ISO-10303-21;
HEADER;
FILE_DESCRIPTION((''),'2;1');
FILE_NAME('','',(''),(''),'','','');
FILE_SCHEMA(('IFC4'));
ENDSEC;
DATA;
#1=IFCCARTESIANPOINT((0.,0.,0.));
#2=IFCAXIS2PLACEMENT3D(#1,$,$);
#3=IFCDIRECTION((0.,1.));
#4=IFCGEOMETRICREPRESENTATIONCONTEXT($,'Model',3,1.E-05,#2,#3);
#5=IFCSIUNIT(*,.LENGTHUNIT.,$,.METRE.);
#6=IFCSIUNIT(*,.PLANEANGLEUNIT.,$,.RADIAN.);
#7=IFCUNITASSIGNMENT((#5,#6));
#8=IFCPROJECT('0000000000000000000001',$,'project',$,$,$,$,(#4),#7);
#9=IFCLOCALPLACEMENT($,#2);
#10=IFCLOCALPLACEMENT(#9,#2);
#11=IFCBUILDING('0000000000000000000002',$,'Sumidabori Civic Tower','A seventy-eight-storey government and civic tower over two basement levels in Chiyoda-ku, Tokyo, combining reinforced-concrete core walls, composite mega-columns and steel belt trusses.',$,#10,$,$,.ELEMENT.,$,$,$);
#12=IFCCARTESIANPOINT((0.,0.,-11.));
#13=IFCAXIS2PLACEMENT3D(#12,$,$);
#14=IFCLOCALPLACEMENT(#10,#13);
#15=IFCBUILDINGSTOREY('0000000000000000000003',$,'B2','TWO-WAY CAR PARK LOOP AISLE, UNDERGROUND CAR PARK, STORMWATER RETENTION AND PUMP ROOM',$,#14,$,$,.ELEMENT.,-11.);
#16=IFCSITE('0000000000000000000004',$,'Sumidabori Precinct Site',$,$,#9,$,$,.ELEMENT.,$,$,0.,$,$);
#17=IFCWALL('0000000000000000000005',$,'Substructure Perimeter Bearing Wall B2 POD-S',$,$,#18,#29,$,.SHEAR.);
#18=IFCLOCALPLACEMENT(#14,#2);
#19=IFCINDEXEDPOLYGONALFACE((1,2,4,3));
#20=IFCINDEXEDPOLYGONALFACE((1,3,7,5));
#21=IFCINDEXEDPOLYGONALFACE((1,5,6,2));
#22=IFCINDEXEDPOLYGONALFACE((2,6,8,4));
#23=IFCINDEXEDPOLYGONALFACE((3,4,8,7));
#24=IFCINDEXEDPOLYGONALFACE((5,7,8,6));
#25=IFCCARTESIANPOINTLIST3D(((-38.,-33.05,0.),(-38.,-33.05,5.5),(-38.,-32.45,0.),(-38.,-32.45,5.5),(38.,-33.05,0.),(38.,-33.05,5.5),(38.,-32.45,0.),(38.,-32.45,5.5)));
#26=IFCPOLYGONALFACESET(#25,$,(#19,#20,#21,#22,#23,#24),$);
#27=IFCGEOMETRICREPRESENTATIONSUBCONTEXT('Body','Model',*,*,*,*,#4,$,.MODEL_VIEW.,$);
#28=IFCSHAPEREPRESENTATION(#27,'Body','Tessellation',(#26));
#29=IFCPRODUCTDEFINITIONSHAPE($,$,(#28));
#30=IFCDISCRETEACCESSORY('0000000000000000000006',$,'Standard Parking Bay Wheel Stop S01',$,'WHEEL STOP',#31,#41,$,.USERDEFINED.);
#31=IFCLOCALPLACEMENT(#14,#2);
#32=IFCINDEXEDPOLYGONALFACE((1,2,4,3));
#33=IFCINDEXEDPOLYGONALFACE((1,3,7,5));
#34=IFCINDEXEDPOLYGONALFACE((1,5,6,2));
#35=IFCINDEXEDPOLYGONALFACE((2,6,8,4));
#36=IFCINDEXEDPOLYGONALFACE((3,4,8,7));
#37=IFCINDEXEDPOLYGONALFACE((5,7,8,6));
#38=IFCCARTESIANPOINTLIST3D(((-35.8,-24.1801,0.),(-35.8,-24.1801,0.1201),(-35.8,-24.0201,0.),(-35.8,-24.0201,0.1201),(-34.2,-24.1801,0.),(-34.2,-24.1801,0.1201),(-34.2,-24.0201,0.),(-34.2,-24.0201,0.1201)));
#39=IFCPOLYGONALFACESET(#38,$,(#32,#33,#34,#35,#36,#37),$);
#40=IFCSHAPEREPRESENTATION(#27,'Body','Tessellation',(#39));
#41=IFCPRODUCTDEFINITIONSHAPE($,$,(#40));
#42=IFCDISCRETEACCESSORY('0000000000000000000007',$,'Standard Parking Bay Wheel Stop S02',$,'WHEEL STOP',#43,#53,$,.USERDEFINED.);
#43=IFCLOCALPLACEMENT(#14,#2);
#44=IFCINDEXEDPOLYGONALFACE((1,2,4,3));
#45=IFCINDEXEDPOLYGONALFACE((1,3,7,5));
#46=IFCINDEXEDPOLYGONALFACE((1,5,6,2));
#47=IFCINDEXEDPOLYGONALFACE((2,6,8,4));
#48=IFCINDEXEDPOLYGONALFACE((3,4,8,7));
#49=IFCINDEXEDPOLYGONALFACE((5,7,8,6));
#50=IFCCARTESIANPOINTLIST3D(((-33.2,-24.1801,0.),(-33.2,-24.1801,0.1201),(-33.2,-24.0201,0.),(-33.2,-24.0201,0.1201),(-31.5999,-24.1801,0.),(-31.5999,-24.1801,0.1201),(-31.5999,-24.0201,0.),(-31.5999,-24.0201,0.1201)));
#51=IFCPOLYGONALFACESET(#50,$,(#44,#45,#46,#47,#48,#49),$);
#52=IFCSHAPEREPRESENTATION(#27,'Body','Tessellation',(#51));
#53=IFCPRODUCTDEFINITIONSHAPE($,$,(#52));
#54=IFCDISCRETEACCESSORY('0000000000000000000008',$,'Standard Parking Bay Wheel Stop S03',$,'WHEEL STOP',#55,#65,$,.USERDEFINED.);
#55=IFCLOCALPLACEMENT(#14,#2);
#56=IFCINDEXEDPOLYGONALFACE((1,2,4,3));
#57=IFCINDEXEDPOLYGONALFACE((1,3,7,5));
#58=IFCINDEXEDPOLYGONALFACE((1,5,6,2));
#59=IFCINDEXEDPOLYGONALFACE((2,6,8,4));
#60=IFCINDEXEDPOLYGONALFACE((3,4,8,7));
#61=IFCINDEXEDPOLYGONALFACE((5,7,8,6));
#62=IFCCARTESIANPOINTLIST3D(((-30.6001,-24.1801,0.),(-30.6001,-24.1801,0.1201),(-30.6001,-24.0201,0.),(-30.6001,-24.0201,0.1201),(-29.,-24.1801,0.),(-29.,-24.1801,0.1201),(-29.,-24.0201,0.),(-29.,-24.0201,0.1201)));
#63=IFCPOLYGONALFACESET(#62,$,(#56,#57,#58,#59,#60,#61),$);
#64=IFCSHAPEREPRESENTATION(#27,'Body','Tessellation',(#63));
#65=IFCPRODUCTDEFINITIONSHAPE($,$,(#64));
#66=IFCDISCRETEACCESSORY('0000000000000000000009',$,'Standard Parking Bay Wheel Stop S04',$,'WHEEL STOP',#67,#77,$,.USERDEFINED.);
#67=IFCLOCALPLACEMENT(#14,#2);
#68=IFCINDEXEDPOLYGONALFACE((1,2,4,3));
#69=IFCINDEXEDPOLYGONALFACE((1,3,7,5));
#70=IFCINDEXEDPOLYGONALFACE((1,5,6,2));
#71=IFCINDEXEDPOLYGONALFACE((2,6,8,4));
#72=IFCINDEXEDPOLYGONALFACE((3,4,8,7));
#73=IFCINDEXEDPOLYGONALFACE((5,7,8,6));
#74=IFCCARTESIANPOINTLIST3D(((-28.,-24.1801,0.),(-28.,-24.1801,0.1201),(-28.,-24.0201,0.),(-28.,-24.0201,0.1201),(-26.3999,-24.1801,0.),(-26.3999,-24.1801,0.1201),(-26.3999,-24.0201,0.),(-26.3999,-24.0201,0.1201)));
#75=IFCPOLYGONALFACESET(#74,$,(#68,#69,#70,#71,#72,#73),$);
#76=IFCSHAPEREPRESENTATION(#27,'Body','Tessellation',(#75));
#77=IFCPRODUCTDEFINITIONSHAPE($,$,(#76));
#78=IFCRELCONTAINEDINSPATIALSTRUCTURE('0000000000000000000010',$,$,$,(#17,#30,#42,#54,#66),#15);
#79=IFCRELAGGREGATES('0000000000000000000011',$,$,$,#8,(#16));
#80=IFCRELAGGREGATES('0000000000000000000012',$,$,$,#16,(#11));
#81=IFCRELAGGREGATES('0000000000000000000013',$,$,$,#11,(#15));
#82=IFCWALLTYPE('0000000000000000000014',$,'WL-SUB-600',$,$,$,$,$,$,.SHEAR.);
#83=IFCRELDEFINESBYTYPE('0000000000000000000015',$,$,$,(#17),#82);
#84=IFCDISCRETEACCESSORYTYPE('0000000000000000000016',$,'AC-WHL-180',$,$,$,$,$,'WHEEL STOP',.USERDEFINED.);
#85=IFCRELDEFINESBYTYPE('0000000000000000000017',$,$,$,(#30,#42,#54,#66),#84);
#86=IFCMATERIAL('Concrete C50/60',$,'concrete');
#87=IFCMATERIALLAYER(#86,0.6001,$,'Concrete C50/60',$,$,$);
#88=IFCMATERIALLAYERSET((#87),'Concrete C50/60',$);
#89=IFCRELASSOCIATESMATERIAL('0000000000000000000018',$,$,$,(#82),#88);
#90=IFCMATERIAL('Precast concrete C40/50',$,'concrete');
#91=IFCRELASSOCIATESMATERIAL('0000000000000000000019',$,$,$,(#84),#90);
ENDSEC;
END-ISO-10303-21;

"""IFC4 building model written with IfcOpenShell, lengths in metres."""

from ifc_helpers import new_model, si_unit, direction, frame, frame_2d, origin, origin_2d, place, context, subcontext, project, spatial, rectangle, extrude, source, transform, mapped, material, layer, layer_set, type_object, element, save


model = new_model("IFC4")

# Units and contexts
model_context = context("Model", 3, precision=1e-05, world=origin(), true_north=direction((0.0, 1.0)))
body_context = subcontext(model_context, "Body", "Model", "MODEL_VIEW")
ifc_project = project(units=[si_unit("LENGTHUNIT", "METRE"), si_unit("PLANEANGLEUNIT", "RADIAN")], contexts=[model_context])

# Site, building, storey
site_placement = place(None, origin())
site = spatial("IfcSite", under=ifc_project, at=site_placement, Name="Sumidabori Precinct Site", CompositionType="ELEMENT", RefElevation=0.0)
building_placement = place(site_placement, origin())
building = spatial("IfcBuilding", under=site, at=building_placement, Name="Sumidabori Civic Tower", Description="A seventy-eight-storey government and civic tower over two basement levels in Chiyoda-ku, Tokyo, combining reinforced-concrete core walls, composite mega-columns and steel belt trusses.", CompositionType="ELEMENT")
storey_placement = place(building_placement, frame((0.0, 0.0, -11.0)))
storey = spatial("IfcBuildingStorey", under=building, at=storey_placement, Name="B2", Description="TWO-WAY CAR PARK LOOP AISLE, UNDERGROUND CAR PARK, STORMWATER RETENTION AND PUMP ROOM", CompositionType="ELEMENT", Elevation=-11.0)

# Shared definitions
ifc_material_1 = material(Name="Concrete C50/60", Category="concrete")

# Wall
ifc_layer_1 = layer(ifc_material_1, 0.6001, Name="Concrete C50/60")
ifc_layer_set_1 = layer_set([ifc_layer_1], Name="Concrete C50/60")
wall_type_1 = type_object("IfcWallType", Name="WL-SUB-600", PredefinedType="SHEAR", material=ifc_layer_set_1)
shared_shape_1 = source(origin(), body_context, "Body", "SweptSolid", [
    extrude(rectangle(XDim=76.0, YDim=0.6001, at=frame_2d((38.0, 0.0))), origin(), (0.0, 0.0, 1.0), 5.5),
])
wall_1_placement = place(storey_placement, frame((-38.0, -32.75, 0.0), z_axis=(0.0, 0.0, 1.0), x_axis=(1.0, 0.0, 0.0)))
element("IfcWall", 1, at=wall_1_placement, inside=storey, type_object=wall_type_1, Name="Substructure Perimeter Bearing Wall B2 POD-S", PredefinedType="SHEAR", context=body_context, shape_type="MappedRepresentation", body=[
    mapped(shared_shape_1, transform((0.0, 0.0, 0.0), x_axis=(1.0, 0.0, 0.0), y_axis=(0.0, 1.0, 0.0), z_axis=(0.0, 0.0, 1.0), scale=1.0)),
])

# Discrete accessories
ifc_material_2 = material(Name="Precast concrete C40/50", Category="concrete")
discrete_accessory_type = type_object("IfcDiscreteAccessoryType", Name="AC-WHL-180", ElementType="WHEEL STOP", PredefinedType="USERDEFINED", material=ifc_material_2)
shared_shape_2 = source(origin(), body_context, "Body", "SweptSolid", [
    extrude(rectangle(XDim=1.6001, YDim=0.1599, at=origin_2d()), origin(), (0.0, 0.0, 1.0), 0.1201),
])
for number, where, z_axis, x_axis, name in (
    (2, (-35.0, -24.1001, 0.0), (0.0, 0.0, 1.0), (1.0, 0.0, 0.0), "Standard Parking Bay Wheel Stop S01"),
    (3, (-32.3999, -24.1001, 0.0), (0.0, 0.0, 1.0), (1.0, 0.0, 0.0), "Standard Parking Bay Wheel Stop S02"),
    (4, (-29.8, -24.1001, 0.0), (0.0, 0.0, 1.0), (1.0, 0.0, 0.0), "Standard Parking Bay Wheel Stop S03"),
    (5, (-27.2, -24.1001, 0.0), (0.0, 0.0, 1.0), (1.0, 0.0, 0.0), "Standard Parking Bay Wheel Stop S04"),
):
    element("IfcDiscreteAccessory", number, at=place(storey_placement, frame(where, z_axis=z_axis, x_axis=x_axis)), inside=storey, type_object=discrete_accessory_type, Name=name, ObjectType="WHEEL STOP", PredefinedType="USERDEFINED", context=body_context, shape_type="MappedRepresentation", body=[
        mapped(shared_shape_2, transform((0.0, 0.0, 0.0), x_axis=(1.0, 0.0, 0.0), y_axis=(0.0, 1.0, 0.0), z_axis=(0.0, 0.0, 1.0), scale=1.0)),
    ])

save(model, "model.ifc")
